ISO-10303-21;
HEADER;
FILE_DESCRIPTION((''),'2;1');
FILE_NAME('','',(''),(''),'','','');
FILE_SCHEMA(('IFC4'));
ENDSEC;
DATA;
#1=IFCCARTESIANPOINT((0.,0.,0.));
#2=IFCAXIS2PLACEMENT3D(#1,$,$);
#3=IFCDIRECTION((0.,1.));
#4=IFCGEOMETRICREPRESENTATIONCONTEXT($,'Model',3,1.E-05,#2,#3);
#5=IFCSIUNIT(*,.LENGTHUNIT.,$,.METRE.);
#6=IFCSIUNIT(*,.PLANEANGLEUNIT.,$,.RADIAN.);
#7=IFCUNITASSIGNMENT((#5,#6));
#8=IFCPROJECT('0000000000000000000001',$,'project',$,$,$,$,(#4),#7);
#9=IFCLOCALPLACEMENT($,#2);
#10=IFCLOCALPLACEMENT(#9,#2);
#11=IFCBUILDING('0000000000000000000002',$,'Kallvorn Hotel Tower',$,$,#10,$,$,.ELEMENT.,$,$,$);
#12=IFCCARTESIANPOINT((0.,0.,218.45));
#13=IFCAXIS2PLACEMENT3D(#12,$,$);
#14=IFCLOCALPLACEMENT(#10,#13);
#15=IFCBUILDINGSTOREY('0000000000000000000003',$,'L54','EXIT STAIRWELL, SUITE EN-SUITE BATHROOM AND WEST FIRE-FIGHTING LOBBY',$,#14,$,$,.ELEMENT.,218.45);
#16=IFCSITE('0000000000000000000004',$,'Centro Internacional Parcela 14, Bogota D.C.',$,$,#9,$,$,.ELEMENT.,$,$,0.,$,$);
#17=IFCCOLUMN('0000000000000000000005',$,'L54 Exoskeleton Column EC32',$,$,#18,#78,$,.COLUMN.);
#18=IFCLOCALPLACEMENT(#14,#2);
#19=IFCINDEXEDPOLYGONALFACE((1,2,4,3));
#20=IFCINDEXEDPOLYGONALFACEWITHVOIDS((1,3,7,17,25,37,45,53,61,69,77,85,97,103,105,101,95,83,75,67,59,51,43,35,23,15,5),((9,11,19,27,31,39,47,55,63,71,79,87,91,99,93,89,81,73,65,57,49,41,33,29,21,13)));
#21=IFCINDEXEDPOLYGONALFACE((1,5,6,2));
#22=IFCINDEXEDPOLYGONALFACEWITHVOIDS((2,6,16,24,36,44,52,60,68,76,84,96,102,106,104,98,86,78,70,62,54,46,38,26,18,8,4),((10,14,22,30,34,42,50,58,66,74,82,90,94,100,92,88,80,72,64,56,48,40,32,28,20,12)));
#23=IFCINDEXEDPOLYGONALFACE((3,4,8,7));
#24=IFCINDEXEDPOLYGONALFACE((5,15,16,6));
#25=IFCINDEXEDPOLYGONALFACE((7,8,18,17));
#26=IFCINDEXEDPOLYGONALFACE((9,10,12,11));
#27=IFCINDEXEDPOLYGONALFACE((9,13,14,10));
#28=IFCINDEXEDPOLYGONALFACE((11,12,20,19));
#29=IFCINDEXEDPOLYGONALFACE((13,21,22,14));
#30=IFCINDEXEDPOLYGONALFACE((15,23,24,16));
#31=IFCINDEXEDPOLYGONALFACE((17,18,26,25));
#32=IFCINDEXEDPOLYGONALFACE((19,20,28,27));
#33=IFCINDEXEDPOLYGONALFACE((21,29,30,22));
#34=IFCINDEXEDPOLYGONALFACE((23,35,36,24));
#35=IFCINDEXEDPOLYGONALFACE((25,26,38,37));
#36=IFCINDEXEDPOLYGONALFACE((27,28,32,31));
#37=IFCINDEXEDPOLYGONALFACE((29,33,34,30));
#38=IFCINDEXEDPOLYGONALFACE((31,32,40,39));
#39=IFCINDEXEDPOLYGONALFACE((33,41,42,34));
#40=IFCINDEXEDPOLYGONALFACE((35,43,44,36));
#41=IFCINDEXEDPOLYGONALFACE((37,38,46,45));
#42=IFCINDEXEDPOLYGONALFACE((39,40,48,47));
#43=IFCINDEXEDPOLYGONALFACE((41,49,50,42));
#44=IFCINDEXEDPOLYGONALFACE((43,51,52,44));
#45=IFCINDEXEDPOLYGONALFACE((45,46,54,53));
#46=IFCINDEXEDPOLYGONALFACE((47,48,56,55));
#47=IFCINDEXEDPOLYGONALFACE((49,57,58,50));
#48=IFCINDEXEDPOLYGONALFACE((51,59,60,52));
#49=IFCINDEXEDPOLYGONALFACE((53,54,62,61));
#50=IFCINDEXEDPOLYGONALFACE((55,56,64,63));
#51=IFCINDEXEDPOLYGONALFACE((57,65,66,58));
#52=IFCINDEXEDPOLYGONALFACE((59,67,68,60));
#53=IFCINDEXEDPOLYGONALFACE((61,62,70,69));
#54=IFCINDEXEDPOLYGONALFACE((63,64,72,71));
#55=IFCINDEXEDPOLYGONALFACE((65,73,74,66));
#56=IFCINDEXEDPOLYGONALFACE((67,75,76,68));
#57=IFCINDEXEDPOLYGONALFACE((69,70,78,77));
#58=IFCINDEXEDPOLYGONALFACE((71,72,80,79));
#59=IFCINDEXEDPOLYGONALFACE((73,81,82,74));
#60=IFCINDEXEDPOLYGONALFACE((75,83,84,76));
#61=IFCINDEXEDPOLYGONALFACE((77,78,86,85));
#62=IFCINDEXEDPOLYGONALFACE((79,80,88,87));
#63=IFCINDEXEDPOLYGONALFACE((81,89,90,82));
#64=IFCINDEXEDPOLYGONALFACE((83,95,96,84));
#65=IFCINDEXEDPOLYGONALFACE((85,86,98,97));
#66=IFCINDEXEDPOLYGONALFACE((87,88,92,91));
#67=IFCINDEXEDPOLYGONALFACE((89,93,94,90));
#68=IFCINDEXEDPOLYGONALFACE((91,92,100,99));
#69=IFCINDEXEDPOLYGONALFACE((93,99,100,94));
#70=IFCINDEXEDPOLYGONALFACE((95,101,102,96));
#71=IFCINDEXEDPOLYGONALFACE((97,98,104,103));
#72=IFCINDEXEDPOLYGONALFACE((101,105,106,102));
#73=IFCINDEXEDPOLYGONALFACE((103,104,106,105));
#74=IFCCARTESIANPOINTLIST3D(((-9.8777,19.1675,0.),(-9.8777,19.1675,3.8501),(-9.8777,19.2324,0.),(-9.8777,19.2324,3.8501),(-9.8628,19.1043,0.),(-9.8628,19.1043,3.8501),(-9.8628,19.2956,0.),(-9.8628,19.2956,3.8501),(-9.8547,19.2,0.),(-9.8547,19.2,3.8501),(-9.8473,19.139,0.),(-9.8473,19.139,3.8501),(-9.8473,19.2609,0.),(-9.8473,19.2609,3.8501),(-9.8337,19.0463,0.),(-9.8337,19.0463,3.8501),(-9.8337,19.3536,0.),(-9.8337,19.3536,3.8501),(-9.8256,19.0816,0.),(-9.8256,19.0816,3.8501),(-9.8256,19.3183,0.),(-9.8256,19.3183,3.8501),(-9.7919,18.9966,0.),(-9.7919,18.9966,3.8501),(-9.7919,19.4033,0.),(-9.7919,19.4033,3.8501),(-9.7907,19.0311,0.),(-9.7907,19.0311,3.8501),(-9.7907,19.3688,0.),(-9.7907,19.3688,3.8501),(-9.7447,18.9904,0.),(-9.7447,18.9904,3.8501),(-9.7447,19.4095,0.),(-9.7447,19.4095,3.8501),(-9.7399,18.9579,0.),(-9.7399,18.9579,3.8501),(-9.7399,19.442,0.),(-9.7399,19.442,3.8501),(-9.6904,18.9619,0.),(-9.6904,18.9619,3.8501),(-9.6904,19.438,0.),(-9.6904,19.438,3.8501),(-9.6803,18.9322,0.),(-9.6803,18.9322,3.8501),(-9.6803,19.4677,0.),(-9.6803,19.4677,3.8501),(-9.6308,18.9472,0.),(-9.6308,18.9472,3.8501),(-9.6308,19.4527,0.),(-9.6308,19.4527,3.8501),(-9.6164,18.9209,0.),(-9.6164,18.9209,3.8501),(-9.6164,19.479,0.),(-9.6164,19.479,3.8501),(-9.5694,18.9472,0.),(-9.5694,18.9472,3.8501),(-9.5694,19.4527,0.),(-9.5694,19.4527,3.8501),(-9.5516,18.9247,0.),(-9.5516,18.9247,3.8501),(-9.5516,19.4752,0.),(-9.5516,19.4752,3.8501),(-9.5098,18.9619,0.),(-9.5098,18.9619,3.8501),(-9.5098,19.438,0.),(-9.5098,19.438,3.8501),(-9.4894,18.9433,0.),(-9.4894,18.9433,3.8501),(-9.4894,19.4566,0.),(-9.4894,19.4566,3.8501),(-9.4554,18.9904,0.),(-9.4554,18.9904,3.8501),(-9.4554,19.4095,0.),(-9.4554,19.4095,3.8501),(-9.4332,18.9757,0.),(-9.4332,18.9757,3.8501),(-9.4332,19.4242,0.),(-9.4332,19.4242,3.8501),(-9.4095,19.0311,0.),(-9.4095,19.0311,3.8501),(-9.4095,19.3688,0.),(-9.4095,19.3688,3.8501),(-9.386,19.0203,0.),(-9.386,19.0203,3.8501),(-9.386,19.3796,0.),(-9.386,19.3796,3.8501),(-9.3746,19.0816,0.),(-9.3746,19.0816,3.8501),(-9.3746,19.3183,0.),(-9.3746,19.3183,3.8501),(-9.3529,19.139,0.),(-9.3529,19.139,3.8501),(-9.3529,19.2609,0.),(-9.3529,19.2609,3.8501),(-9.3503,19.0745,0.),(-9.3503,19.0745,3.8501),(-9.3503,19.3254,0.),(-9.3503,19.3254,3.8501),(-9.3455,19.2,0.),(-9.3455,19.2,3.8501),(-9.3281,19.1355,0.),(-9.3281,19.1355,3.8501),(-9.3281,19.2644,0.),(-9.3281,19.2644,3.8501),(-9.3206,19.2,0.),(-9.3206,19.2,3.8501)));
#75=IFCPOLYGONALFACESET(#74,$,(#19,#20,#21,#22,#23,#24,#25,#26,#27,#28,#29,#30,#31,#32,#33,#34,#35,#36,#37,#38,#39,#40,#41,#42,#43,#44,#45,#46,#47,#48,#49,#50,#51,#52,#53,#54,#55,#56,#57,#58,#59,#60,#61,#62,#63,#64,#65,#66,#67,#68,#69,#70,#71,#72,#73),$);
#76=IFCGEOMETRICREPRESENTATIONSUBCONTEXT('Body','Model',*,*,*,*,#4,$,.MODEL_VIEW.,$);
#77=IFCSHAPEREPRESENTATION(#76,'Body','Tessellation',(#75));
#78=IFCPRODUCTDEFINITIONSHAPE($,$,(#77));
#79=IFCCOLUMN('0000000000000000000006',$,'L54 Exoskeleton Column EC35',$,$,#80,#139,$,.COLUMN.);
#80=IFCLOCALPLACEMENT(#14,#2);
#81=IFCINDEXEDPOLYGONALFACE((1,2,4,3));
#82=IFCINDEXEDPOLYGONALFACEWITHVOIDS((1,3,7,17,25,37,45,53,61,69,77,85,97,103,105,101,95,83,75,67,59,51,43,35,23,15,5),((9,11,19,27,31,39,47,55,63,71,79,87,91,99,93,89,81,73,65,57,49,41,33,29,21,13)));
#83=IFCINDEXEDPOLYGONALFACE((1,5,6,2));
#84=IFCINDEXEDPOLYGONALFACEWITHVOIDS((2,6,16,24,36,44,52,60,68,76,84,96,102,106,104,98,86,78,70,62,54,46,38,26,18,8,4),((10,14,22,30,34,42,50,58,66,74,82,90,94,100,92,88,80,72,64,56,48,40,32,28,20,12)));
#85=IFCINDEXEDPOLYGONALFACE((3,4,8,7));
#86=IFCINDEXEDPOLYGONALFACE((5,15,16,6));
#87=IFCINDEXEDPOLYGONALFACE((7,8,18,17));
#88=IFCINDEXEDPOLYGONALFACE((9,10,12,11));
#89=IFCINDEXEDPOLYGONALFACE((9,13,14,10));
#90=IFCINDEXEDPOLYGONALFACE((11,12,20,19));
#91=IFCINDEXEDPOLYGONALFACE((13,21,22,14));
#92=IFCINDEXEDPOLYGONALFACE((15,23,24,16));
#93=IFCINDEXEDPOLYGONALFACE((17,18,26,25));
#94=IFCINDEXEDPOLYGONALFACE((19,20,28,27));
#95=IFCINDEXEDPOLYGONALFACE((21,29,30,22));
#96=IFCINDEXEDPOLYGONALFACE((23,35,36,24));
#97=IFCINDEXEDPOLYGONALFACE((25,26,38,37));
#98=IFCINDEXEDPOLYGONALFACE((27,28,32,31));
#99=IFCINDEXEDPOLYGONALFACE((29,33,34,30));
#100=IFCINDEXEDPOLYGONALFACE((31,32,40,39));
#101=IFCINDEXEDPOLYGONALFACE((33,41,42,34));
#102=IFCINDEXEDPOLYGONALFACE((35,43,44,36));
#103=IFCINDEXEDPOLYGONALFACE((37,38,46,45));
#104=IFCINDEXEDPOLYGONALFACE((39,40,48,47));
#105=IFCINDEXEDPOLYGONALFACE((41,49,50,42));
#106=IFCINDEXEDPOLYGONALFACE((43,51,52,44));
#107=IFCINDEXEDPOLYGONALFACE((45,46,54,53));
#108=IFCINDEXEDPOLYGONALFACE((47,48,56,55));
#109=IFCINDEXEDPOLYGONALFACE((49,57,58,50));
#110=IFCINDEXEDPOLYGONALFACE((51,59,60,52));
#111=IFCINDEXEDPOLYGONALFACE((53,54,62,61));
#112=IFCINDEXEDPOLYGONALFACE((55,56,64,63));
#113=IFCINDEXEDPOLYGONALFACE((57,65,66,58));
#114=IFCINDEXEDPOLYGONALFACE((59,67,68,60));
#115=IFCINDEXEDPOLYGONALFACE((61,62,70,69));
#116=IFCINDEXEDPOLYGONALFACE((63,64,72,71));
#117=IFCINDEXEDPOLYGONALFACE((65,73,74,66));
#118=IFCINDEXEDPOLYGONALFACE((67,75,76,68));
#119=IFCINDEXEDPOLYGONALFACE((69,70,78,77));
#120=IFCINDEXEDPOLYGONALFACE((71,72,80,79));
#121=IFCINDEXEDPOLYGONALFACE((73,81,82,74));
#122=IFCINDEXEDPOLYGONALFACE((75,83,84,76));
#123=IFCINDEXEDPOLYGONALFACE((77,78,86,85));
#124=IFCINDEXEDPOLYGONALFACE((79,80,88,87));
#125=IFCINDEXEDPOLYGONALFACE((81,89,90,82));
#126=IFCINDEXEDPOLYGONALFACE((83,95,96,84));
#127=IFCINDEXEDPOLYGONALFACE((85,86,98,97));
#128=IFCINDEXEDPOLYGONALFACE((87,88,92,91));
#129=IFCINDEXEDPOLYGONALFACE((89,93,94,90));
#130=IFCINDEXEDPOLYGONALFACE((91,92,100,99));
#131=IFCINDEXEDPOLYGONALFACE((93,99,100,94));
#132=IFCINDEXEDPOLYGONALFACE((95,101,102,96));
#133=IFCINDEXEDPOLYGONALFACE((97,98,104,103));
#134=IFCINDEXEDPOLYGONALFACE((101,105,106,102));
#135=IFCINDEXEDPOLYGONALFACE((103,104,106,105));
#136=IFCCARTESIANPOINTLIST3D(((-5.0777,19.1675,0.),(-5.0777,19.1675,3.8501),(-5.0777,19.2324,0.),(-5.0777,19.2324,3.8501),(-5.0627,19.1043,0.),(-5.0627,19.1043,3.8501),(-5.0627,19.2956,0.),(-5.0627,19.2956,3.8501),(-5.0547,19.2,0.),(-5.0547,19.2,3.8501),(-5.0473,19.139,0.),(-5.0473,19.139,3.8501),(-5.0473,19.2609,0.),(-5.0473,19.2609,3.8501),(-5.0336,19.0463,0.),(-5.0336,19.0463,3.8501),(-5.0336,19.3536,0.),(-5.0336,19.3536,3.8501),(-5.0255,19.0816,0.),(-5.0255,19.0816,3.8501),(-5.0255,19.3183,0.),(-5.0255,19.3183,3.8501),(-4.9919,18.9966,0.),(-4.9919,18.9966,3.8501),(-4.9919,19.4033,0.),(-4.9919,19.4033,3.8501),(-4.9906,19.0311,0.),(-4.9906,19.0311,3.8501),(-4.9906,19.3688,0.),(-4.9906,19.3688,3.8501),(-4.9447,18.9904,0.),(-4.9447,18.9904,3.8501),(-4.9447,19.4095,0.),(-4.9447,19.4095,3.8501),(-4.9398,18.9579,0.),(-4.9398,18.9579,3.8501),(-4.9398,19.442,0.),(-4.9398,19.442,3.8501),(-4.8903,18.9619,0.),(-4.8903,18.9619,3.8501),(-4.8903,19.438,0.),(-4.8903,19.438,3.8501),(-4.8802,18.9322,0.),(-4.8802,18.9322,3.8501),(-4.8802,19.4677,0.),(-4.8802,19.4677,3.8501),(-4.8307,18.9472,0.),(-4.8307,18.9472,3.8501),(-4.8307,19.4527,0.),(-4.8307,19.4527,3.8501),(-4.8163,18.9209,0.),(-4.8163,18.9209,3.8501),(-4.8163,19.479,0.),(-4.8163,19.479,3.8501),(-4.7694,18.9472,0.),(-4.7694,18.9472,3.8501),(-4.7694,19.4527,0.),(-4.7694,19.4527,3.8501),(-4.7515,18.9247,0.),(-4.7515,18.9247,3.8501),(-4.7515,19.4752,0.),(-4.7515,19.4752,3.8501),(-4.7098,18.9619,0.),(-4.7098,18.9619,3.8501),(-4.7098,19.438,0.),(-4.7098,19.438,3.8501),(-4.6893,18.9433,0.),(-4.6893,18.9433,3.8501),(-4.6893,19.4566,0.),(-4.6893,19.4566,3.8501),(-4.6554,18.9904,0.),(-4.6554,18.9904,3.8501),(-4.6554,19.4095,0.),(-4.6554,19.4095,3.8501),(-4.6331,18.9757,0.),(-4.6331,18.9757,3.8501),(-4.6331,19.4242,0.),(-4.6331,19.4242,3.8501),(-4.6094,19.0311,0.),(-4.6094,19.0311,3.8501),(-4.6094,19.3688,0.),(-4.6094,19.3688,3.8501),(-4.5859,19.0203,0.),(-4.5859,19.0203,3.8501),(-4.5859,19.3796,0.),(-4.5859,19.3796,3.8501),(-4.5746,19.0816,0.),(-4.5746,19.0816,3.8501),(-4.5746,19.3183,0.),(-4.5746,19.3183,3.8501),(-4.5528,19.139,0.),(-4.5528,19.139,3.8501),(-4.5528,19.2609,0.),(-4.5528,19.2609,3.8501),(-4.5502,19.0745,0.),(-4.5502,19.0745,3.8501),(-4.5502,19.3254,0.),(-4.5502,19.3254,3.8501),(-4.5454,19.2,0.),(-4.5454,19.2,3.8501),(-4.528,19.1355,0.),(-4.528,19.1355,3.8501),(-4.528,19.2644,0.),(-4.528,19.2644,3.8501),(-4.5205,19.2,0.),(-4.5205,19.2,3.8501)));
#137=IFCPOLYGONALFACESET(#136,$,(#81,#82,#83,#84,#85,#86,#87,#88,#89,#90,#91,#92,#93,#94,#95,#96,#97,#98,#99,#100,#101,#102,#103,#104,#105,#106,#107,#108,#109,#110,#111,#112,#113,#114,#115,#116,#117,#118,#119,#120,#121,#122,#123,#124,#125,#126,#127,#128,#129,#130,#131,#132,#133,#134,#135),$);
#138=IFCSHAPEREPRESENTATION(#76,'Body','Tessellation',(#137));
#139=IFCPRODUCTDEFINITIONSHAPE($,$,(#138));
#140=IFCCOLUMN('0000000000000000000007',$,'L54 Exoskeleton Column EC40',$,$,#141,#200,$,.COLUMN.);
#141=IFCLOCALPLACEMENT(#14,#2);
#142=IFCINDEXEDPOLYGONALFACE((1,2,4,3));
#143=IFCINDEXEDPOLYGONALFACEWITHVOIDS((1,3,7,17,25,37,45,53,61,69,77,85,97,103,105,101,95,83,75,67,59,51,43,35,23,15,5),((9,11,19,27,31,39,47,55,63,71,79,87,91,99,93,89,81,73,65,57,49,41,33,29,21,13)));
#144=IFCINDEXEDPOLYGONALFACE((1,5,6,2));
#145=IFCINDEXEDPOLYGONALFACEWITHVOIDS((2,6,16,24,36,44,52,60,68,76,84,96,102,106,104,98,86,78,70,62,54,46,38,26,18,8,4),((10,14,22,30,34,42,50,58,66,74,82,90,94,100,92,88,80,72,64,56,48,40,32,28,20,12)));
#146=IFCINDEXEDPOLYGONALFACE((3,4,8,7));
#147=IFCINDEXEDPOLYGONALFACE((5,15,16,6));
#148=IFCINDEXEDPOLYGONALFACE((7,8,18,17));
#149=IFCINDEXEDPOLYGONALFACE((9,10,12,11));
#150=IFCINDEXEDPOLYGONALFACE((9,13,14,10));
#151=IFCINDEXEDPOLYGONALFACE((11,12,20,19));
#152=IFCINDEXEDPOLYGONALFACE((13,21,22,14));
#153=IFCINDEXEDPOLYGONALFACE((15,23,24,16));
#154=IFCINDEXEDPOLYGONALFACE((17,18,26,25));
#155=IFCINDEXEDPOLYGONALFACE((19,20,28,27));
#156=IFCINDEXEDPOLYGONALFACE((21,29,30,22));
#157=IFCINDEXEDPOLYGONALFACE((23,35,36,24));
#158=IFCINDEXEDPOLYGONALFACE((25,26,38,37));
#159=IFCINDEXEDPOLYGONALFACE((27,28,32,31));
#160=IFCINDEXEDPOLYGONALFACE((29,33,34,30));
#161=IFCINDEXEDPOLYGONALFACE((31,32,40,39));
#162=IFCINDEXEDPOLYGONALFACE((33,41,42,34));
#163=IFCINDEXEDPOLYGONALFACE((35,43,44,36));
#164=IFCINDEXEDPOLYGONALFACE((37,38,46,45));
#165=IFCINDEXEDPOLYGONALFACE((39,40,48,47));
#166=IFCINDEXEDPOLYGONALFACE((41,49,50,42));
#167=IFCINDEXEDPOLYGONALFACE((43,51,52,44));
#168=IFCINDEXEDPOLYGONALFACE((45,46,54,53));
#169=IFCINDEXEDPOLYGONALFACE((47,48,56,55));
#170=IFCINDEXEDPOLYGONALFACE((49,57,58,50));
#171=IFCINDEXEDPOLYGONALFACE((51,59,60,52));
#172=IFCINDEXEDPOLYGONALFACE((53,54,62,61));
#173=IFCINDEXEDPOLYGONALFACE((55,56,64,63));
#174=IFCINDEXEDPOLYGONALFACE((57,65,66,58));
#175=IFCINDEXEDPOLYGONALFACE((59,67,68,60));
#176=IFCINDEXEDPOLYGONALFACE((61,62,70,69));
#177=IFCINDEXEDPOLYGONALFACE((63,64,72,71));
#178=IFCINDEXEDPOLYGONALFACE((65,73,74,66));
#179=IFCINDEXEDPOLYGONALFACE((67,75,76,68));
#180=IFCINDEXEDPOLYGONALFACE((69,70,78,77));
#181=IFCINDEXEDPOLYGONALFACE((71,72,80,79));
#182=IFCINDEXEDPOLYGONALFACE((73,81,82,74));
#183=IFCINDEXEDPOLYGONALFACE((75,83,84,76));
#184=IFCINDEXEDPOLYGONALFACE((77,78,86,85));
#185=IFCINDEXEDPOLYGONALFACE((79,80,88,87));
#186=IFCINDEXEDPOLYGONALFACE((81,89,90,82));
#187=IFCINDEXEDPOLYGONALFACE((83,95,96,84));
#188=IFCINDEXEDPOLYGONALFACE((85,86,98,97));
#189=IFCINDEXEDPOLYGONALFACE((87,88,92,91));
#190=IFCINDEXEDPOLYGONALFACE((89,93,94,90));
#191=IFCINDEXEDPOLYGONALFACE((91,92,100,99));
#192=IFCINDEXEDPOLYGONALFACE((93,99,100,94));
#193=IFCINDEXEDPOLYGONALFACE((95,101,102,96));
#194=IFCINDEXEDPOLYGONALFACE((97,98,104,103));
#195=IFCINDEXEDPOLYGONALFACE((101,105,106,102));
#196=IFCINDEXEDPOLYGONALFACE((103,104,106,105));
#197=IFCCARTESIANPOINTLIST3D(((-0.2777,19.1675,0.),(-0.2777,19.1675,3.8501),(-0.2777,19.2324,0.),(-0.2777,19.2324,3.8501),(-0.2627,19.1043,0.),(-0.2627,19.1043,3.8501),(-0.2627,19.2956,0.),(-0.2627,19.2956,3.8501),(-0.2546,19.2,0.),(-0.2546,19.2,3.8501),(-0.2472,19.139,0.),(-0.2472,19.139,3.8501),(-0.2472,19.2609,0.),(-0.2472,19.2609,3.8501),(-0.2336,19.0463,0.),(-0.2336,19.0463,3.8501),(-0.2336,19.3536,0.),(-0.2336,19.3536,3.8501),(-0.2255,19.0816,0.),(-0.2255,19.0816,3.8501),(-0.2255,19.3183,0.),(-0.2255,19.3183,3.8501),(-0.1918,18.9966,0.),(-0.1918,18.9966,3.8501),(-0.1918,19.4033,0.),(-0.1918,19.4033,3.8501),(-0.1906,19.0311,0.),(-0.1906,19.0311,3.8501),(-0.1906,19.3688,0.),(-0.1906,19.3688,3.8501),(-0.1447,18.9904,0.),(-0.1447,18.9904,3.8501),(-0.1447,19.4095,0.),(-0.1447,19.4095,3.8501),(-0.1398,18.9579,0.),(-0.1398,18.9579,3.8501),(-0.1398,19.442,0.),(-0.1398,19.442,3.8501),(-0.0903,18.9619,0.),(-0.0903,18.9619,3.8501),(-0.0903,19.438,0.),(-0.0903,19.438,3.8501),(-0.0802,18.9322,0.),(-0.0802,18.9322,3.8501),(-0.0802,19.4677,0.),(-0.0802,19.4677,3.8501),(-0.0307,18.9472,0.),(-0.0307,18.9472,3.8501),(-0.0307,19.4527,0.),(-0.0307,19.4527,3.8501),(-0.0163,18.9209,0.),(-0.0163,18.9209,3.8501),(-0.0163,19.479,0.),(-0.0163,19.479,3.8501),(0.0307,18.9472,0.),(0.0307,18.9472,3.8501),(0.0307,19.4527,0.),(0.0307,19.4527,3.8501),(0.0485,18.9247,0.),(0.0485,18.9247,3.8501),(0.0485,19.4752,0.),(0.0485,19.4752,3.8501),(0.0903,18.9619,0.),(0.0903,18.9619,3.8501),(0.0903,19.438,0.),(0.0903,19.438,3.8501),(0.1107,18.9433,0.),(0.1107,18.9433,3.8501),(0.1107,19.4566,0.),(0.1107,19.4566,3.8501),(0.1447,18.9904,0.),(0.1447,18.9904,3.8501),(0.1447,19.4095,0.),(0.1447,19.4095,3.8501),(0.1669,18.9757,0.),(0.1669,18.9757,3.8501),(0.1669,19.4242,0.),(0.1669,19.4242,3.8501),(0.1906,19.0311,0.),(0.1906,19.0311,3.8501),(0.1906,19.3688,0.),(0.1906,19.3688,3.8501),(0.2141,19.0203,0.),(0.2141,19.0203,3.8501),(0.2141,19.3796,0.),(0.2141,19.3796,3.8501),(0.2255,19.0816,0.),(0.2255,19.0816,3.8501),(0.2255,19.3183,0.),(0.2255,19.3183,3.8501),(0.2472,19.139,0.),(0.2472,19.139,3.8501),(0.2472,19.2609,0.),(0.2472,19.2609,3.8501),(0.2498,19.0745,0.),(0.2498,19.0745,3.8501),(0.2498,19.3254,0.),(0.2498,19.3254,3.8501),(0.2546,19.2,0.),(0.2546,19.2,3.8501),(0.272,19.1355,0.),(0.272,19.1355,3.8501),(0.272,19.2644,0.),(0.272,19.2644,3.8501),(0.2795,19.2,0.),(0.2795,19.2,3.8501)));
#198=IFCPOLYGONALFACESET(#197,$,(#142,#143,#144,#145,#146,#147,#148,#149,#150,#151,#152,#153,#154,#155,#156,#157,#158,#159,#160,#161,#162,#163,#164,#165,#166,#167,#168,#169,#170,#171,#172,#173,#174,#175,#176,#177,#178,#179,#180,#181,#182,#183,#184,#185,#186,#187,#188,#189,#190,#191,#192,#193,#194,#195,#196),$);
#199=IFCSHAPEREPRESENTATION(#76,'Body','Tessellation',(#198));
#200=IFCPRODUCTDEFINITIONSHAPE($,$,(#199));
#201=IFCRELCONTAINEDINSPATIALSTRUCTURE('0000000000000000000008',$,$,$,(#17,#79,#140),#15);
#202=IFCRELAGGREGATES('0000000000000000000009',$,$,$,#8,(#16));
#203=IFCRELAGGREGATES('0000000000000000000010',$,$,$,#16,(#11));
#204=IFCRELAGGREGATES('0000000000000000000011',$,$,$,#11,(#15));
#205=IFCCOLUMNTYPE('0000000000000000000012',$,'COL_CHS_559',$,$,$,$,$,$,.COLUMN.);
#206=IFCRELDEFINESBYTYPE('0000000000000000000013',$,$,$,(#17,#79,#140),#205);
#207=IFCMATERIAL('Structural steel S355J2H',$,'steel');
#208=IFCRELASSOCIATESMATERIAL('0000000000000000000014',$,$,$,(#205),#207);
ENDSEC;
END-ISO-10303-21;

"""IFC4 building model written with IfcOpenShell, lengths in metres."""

from ifc_helpers import new_model, si_unit, direction, frame, origin, origin_2d, place, context, subcontext, project, spatial, hollow_circle, extrude, material, material_profile, profile_set, type_object, element, save


model = new_model("IFC4")

# Units and contexts
model_context = context("Model", 3, precision=1e-05, world=origin(), true_north=direction((0.0, 1.0)))
body_context = subcontext(model_context, "Body", "Model", "MODEL_VIEW")
ifc_project = project(units=[si_unit("LENGTHUNIT", "METRE"), si_unit("PLANEANGLEUNIT", "RADIAN")], contexts=[model_context])

# Site, building, storey
site_placement = place(None, origin())
site = spatial("IfcSite", under=ifc_project, at=site_placement, Name="Centro Internacional Parcela 14, Bogota D.C.", CompositionType="ELEMENT", RefElevation=0.0)
building_placement = place(site_placement, origin())
building = spatial("IfcBuilding", under=site, at=building_placement, Name="Kallvorn Hotel Tower", CompositionType="ELEMENT")
storey_placement = place(building_placement, frame((0.0, 0.0, 218.45)))
storey = spatial("IfcBuildingStorey", under=building, at=storey_placement, Name="L54", Description="EXIT STAIRWELL, SUITE EN-SUITE BATHROOM AND WEST FIRE-FIGHTING LOBBY", CompositionType="ELEMENT", Elevation=218.45)

# Columns
ifc_material_1 = material(Name="Structural steel S355J2H", Category="steel")
ifc_material_profile_1 = material_profile(ifc_material_1, hollow_circle(Radius=0.2795, WallThickness=0.0249, at=origin_2d()), Name="CHS 559x25")
ifc_profile_set_1 = profile_set([ifc_material_profile_1], Name="Structural steel S355J2H")
column_type_1 = type_object("IfcColumnType", Name="COL_CHS_559", PredefinedType="COLUMN", material=ifc_profile_set_1)
for number, where, z_axis, x_axis, name in (
    (1, (-9.6001, 19.2, 0.0), (0.0, 0.0, 1.0), (1.0, 0.0, 0.0), "L54 Exoskeleton Column EC32"),
    (2, (-4.8, 19.2, 0.0), (0.0, 0.0, 1.0), (1.0, 0.0, 0.0), "L54 Exoskeleton Column EC35"),
    (3, (0.0, 19.2, 0.0), (0.0, 0.0, 1.0), (1.0, 0.0, 0.0), "L54 Exoskeleton Column EC40"),
):
    element("IfcColumn", number, at=place(storey_placement, frame(where, z_axis=z_axis, x_axis=x_axis)), inside=storey, type_object=column_type_1, Name=name, PredefinedType="COLUMN", context=body_context, shape_type="SweptSolid", body=[
        extrude(hollow_circle(Radius=0.2795, WallThickness=0.0249, at=origin_2d()), origin(), (0.0, 0.0, 1.0), 3.8501),
    ])

save(model, "model.ifc")
